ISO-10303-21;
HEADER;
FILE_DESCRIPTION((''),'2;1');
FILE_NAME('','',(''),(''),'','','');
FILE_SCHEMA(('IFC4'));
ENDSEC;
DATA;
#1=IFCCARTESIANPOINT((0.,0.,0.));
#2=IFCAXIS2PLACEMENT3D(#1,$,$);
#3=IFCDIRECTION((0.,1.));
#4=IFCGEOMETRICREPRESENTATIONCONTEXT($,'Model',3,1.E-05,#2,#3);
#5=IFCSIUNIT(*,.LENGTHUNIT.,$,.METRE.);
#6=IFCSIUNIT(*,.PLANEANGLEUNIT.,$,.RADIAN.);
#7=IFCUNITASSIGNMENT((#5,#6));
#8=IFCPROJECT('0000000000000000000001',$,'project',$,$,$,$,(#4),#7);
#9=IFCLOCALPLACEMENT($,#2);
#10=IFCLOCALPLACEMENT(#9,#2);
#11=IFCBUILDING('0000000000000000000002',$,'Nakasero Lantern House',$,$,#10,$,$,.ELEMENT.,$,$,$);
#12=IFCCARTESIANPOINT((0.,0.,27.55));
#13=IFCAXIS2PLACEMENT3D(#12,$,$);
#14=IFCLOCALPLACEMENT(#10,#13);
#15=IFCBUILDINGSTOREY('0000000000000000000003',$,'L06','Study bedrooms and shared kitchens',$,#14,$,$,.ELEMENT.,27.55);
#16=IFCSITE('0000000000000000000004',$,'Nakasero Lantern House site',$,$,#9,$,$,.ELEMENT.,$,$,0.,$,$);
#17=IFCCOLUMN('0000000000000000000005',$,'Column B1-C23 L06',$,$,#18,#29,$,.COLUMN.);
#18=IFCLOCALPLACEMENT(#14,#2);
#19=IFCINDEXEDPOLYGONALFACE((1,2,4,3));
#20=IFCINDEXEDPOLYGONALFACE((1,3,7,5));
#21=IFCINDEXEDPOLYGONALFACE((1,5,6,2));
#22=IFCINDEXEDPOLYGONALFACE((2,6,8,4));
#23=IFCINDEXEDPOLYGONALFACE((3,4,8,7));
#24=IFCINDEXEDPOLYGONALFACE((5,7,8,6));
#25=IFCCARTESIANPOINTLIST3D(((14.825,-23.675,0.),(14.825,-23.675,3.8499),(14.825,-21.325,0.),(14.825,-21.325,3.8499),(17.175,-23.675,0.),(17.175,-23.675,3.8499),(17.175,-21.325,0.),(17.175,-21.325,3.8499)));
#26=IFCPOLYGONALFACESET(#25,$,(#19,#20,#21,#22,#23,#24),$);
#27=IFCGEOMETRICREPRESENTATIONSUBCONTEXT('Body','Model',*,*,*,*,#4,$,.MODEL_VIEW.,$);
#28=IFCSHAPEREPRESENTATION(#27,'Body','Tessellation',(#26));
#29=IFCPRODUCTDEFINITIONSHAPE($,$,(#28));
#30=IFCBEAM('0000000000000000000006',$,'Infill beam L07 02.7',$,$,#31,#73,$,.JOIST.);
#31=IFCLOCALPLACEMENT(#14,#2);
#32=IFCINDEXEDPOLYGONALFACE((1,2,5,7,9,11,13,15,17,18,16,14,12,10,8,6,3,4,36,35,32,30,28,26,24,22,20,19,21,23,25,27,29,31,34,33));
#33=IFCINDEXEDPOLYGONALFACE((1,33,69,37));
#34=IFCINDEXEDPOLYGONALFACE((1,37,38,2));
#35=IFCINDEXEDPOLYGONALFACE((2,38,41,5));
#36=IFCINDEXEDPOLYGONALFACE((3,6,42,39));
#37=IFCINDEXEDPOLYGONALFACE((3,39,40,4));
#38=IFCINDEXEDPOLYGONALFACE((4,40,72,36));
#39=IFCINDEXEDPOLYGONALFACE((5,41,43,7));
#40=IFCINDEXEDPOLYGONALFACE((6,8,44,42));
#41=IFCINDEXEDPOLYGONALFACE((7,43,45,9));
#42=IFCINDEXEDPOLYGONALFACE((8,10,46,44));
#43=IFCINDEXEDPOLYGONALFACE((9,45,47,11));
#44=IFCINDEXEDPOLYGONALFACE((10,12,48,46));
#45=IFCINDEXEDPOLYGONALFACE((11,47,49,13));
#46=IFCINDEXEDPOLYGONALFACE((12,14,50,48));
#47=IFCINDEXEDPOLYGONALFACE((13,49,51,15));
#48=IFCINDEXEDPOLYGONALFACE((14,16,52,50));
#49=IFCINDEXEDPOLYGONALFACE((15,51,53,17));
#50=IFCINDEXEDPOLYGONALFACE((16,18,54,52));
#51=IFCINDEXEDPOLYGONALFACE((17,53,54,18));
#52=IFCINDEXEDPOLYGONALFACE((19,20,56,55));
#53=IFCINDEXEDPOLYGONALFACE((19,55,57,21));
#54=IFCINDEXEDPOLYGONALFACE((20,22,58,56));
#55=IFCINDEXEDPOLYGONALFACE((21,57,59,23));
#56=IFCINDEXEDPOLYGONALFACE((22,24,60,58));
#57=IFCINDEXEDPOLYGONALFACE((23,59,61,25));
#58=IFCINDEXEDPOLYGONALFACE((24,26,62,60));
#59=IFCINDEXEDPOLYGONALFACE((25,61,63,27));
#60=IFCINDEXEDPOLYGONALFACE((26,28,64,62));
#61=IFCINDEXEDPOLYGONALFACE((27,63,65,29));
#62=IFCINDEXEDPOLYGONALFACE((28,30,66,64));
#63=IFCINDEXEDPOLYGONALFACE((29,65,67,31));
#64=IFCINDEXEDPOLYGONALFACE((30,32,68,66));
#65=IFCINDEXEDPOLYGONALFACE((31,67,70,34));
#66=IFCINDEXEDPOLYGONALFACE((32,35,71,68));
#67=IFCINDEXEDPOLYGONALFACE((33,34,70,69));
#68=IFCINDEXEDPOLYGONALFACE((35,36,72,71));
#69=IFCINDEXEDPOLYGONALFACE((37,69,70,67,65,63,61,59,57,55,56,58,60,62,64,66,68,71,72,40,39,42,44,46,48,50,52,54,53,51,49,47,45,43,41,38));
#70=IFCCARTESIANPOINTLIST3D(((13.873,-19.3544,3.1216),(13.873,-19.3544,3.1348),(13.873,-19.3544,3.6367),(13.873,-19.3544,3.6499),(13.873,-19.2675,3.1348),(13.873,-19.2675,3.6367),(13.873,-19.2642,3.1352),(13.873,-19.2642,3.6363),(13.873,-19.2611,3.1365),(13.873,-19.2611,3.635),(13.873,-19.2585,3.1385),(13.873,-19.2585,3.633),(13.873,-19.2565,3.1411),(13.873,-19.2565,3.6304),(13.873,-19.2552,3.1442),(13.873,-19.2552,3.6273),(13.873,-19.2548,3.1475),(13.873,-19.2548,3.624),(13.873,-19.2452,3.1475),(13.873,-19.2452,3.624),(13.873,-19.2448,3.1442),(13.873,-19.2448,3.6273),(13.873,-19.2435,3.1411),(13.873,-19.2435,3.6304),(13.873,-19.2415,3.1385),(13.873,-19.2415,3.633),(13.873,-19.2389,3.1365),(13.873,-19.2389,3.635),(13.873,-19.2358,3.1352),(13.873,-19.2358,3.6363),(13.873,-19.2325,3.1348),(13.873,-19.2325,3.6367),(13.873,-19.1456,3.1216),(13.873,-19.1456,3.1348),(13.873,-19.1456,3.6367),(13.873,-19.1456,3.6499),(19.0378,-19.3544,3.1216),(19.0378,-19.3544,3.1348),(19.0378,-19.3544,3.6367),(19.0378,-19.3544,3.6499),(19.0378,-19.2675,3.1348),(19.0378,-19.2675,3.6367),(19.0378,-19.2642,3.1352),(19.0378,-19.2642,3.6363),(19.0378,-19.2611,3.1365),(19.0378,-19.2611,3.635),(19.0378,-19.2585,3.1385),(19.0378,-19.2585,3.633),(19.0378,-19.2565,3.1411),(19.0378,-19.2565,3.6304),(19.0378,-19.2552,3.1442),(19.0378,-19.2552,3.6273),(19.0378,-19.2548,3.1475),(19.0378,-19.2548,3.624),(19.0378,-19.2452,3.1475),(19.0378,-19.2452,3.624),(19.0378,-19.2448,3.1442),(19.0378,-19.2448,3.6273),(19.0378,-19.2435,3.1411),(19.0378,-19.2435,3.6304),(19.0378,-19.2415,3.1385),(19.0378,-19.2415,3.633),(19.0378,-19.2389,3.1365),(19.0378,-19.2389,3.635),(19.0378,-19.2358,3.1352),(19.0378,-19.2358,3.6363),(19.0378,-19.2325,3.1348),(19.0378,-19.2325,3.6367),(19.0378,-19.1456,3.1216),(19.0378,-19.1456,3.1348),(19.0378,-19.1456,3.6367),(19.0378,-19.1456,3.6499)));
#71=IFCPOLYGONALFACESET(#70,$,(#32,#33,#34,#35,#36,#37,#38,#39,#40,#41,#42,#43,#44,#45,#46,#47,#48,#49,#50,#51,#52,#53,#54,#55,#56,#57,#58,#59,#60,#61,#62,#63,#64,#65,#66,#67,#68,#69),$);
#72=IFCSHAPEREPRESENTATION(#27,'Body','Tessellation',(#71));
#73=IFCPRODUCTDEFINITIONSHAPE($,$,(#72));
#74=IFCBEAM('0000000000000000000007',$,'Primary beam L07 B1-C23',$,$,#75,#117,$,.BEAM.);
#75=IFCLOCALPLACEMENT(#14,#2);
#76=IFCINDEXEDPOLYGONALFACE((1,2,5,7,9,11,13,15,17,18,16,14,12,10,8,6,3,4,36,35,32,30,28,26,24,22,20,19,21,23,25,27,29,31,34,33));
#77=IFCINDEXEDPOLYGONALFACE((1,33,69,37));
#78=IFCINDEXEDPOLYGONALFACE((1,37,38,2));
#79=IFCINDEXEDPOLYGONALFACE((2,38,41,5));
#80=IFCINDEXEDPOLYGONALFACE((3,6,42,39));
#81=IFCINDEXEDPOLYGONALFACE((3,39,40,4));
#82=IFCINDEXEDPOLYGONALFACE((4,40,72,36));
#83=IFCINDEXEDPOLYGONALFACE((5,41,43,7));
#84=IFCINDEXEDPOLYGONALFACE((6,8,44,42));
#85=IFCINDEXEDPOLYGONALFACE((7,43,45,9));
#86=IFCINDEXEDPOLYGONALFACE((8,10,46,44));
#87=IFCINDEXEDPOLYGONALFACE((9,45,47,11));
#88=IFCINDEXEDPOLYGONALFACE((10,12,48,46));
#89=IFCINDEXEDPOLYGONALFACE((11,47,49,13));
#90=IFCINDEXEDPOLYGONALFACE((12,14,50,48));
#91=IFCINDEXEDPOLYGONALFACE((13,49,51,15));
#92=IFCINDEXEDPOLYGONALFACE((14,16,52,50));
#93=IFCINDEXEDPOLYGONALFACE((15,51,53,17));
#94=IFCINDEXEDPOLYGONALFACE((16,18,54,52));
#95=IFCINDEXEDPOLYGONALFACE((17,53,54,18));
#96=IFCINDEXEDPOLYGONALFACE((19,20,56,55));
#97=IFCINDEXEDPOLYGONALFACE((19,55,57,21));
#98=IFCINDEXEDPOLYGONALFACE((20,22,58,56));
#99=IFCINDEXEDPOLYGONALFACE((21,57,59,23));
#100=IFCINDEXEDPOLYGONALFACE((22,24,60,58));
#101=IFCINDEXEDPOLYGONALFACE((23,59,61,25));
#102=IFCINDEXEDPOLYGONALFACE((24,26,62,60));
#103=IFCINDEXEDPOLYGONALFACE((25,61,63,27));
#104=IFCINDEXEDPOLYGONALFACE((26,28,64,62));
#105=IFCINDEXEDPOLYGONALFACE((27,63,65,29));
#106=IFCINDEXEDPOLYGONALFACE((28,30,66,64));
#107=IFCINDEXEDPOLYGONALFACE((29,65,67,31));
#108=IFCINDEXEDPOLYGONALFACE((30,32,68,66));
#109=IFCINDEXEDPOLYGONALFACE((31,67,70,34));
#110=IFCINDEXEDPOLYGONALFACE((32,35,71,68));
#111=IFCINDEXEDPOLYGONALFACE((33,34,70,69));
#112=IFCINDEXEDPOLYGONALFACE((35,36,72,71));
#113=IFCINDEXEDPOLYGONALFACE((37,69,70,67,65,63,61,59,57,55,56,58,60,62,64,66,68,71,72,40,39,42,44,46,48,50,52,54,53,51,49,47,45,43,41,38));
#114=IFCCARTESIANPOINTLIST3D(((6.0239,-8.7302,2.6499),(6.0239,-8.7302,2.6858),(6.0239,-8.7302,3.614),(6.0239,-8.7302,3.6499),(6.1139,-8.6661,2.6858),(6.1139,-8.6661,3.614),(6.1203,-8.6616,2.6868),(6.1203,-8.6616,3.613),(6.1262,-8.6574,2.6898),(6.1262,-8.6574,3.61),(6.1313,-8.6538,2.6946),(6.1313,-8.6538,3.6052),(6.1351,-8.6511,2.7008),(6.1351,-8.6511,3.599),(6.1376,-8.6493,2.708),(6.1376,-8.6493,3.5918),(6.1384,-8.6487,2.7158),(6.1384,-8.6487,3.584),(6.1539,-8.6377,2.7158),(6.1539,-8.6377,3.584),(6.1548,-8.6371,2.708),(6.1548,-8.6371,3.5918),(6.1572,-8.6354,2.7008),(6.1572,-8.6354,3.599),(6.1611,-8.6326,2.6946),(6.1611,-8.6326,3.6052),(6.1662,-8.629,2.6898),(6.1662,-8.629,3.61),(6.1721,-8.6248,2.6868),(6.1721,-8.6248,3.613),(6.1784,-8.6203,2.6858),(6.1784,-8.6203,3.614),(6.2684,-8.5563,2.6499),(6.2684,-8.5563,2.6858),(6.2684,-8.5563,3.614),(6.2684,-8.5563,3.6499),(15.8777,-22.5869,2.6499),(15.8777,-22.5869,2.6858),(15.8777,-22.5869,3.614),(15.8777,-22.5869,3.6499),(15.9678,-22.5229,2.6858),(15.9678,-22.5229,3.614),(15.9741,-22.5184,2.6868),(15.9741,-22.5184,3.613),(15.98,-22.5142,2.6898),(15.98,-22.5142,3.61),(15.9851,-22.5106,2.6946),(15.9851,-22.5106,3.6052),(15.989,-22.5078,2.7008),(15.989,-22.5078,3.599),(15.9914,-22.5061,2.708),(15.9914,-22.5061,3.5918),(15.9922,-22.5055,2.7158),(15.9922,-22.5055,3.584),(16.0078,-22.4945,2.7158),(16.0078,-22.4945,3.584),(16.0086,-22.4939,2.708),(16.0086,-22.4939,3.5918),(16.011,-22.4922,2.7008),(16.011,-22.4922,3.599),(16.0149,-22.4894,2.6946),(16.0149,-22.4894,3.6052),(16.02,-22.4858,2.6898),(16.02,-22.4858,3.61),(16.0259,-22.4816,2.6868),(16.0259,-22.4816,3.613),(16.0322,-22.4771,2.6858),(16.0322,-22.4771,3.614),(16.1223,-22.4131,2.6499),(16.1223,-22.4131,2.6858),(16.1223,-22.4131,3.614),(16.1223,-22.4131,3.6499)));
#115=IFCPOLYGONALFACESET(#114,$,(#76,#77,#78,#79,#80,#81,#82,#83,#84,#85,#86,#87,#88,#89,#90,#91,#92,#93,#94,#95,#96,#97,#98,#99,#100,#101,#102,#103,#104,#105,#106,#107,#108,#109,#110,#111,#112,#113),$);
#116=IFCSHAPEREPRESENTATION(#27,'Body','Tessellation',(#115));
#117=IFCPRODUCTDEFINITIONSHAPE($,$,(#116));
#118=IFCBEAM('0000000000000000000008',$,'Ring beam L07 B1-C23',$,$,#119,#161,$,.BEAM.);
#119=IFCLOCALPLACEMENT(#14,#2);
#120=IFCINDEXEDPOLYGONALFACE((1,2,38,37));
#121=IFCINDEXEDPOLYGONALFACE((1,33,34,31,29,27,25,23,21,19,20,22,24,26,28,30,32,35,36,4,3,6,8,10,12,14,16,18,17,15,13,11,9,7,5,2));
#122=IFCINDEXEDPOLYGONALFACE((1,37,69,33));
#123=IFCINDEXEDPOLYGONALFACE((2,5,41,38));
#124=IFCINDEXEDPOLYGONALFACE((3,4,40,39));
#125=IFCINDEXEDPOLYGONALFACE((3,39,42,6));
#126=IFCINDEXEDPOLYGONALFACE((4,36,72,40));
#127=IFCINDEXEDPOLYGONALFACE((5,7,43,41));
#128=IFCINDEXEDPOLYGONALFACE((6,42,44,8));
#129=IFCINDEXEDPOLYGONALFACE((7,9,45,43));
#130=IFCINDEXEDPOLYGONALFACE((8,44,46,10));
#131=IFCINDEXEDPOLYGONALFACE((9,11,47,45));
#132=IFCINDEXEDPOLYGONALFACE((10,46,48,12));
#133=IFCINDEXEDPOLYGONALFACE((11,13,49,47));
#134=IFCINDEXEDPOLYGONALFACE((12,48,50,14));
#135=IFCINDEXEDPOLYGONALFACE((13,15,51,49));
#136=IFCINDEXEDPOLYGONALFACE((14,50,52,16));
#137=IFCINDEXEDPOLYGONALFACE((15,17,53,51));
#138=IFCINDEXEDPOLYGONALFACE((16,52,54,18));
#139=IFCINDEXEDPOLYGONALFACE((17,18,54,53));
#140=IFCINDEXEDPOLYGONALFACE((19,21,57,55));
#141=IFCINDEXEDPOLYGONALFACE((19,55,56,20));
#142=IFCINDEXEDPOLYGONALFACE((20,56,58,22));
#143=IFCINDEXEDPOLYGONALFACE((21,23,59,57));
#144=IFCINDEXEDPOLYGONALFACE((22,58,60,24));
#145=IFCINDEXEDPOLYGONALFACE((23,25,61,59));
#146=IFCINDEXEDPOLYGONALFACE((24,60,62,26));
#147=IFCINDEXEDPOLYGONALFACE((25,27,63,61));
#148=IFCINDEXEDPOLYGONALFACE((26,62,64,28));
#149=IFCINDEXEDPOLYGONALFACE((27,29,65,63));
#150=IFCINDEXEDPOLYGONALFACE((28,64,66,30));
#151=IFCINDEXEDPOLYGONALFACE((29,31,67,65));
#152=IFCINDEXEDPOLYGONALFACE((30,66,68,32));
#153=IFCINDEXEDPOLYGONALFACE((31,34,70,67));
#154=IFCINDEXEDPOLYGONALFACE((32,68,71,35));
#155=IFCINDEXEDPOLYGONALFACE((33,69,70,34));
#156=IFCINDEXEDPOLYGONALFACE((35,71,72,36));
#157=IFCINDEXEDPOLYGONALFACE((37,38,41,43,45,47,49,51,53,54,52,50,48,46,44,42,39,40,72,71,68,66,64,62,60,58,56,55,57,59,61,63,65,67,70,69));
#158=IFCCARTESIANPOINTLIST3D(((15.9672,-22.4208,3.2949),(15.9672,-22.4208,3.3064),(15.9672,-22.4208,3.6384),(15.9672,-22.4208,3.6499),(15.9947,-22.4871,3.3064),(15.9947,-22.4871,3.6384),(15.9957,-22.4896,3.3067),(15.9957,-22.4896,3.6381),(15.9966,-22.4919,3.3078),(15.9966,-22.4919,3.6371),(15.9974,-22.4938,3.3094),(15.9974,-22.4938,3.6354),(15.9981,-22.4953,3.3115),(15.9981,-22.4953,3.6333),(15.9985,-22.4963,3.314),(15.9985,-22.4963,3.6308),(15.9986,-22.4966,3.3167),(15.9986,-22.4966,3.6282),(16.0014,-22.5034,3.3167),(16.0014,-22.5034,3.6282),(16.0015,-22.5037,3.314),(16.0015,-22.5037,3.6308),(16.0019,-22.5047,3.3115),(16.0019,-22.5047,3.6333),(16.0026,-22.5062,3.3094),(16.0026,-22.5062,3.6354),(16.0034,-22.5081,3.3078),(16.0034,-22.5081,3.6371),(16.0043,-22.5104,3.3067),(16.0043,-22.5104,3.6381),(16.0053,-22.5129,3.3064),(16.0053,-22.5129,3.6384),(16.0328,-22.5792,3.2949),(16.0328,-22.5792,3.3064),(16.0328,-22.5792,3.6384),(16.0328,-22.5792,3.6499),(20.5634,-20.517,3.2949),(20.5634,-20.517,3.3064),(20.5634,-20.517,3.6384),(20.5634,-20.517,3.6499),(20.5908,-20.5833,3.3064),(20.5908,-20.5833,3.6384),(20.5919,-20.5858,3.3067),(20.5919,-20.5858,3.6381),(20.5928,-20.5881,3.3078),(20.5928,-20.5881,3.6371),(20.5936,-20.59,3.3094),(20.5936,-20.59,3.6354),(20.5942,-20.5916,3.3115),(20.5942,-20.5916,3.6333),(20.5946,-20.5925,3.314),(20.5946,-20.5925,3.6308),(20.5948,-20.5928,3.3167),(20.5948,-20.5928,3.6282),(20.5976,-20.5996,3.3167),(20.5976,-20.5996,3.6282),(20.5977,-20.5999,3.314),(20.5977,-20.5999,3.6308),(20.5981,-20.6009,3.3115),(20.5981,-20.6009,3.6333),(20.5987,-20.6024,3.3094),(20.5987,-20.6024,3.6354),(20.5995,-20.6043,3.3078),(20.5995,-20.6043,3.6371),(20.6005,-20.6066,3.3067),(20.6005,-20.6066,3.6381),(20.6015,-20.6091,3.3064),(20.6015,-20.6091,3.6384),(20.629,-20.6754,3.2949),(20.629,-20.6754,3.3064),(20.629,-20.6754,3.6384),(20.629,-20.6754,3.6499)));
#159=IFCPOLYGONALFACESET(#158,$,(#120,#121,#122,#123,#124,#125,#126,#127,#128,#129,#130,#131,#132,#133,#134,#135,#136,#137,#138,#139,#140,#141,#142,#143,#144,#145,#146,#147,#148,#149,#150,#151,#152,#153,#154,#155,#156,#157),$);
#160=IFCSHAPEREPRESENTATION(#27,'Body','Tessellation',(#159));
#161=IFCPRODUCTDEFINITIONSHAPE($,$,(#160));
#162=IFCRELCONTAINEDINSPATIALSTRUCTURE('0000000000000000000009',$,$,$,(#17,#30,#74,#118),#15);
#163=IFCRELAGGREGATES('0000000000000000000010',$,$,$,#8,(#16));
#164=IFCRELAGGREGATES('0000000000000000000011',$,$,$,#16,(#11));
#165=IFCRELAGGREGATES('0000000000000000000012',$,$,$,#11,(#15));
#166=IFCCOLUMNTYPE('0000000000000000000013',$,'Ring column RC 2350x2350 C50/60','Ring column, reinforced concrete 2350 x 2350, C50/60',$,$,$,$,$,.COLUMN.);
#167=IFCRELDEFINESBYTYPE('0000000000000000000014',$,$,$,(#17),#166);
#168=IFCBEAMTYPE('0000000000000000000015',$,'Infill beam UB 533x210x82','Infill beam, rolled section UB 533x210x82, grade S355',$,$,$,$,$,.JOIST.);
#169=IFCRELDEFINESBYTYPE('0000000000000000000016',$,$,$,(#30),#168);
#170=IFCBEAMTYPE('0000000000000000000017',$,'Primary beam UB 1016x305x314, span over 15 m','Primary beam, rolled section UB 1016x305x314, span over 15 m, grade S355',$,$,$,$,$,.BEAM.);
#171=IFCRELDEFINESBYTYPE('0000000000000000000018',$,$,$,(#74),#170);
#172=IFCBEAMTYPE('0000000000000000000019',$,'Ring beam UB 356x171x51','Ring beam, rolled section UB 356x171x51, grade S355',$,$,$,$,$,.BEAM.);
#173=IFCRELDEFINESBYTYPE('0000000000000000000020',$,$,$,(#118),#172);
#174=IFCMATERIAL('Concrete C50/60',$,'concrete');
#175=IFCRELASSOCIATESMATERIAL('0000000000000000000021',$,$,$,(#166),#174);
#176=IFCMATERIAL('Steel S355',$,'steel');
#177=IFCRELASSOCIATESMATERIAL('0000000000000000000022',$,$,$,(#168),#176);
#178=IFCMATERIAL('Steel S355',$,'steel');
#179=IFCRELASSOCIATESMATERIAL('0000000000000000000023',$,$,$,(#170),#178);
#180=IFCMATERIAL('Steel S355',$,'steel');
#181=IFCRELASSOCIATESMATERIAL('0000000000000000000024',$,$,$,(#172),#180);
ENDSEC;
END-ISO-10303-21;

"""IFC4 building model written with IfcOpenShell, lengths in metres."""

from ifc_helpers import new_model, si_unit, direction, frame, origin, origin_2d, place, context, subcontext, project, spatial, rectangle, i_section, extrude, material, material_profile, profile_set, type_object, element, save


model = new_model("IFC4")

# Units and contexts
model_context = context("Model", 3, precision=1e-05, world=origin(), true_north=direction((0.0, 1.0)))
body_context = subcontext(model_context, "Body", "Model", "MODEL_VIEW")
ifc_project = project(units=[si_unit("LENGTHUNIT", "METRE"), si_unit("PLANEANGLEUNIT", "RADIAN")], contexts=[model_context])

# Site, building, storey
site_placement = place(None, origin())
site = spatial("IfcSite", under=ifc_project, at=site_placement, Name="Nakasero Lantern House site", CompositionType="ELEMENT", RefElevation=0.0)
building_placement = place(site_placement, origin())
building = spatial("IfcBuilding", under=site, at=building_placement, Name="Nakasero Lantern House", CompositionType="ELEMENT")
storey_placement = place(building_placement, frame((0.0, 0.0, 27.55)))
storey = spatial("IfcBuildingStorey", under=building, at=storey_placement, Name="L06", Description="Study bedrooms and shared kitchens", CompositionType="ELEMENT", Elevation=27.55)

# Column
ifc_material_1 = material(Name="Concrete C50/60", Category="concrete")
ifc_material_profile_1 = material_profile(ifc_material_1, rectangle(XDim=2.3501, YDim=2.3501, at=origin_2d()), Name="RC 2350x2350")
ifc_profile_set_1 = profile_set([ifc_material_profile_1], Name="Concrete C50/60")
column_type = type_object("IfcColumnType", Name="Ring column RC 2350x2350 C50/60", Description="Ring column, reinforced concrete 2350 x 2350, C50/60", PredefinedType="COLUMN", material=ifc_profile_set_1)
column_placement = place(storey_placement, frame((16.0, -22.5, 0.0), z_axis=(0.0, 0.0, 1.0), x_axis=(1.0, 0.0, 0.0)))
element("IfcColumn", 1, at=column_placement, inside=storey, type_object=column_type, Name="Column B1-C23 L06", PredefinedType="COLUMN", context=body_context, shape_type="SweptSolid", body=[
    extrude(rectangle(XDim=2.3501, YDim=2.3501, at=origin_2d()), origin(), (0.0, 0.0, 1.0), 3.8499),
])

# Beams
ifc_material_2 = material(Name="Steel S355", Category="steel")
ifc_material_profile_2 = material_profile(ifc_material_2, i_section(OverallWidth=0.2087, OverallDepth=0.5283, WebThickness=0.0095, FlangeThickness=0.0132, FilletRadius=0.0127, at=origin_2d()), Name="UB 533x210x82")
ifc_profile_set_2 = profile_set([ifc_material_profile_2], Name="Steel S355")
beam_type_1 = type_object("IfcBeamType", Name="Infill beam UB 533x210x82", Description="Infill beam, rolled section UB 533x210x82, grade S355", PredefinedType="JOIST", material=ifc_profile_set_2)
beam_1_placement = place(storey_placement, frame((13.873, -19.25, 3.3857), z_axis=(1.0, 0.0, 0.0), x_axis=(0.0, 1.0, 0.0)))
element("IfcBeam", 2, at=beam_1_placement, inside=storey, type_object=beam_type_1, Name="Infill beam L07 02.7", PredefinedType="JOIST", context=body_context, shape_type="SweptSolid", body=[
    extrude(i_section(OverallWidth=0.2087, OverallDepth=0.5283, WebThickness=0.0095, FlangeThickness=0.0132, FilletRadius=0.0127, at=origin_2d()), origin(), (0.0, 0.0, 1.0), 5.1648),
])
ifc_material_3 = material(Name="Steel S355", Category="steel")
ifc_material_profile_3 = material_profile(ifc_material_3, i_section(OverallWidth=0.3, OverallDepth=1.0, WebThickness=0.019, FlangeThickness=0.0359, FilletRadius=0.03, at=origin_2d()), Name="UB 1016x305x314")
ifc_profile_set_3 = profile_set([ifc_material_profile_3], Name="Steel S355")
beam_type_2 = type_object("IfcBeamType", Name="Primary beam UB 1016x305x314, span over 15 m", Description="Primary beam, rolled section UB 1016x305x314, span over 15 m, grade S355", PredefinedType="BEAM", material=ifc_profile_set_3)
beam_2_placement = place(storey_placement, frame((16.0, -22.5, 3.1499), z_axis=(-0.579528, 0.814952, 0.0), x_axis=(-0.814952, -0.579528, 0.0)))
element("IfcBeam", 3, at=beam_2_placement, inside=storey, type_object=beam_type_2, Name="Primary beam L07 B1-C23", PredefinedType="BEAM", context=body_context, shape_type="SweptSolid", body=[
    extrude(i_section(OverallWidth=0.3, OverallDepth=1.0, WebThickness=0.019, FlangeThickness=0.0359, FilletRadius=0.03, at=origin_2d()), origin(), (0.0, 0.0, 1.0), 17.0032),
])
ifc_material_4 = material(Name="Steel S355", Category="steel")
ifc_material_profile_4 = material_profile(ifc_material_4, i_section(OverallWidth=0.1714, OverallDepth=0.355, WebThickness=0.0073, FlangeThickness=0.0115, FilletRadius=0.0103, at=origin_2d()), Name="UB 356x171x51")
ifc_profile_set_4 = profile_set([ifc_material_profile_4], Name="Steel S355")
beam_type_3 = type_object("IfcBeamType", Name="Ring beam UB 356x171x51", Description="Ring beam, rolled section UB 356x171x51, grade S355", PredefinedType="BEAM", material=ifc_profile_set_4)
beam_3_placement = place(storey_placement, frame((16.0, -22.5, 3.4724), z_axis=(0.923879, 0.382684, 0.0), x_axis=(-0.382684, 0.923879, 0.0)))
element("IfcBeam", 4, at=beam_3_placement, inside=storey, type_object=beam_type_3, Name="Ring beam L07 B1-C23", PredefinedType="BEAM", context=body_context, shape_type="SweptSolid", body=[
    extrude(i_section(OverallWidth=0.1714, OverallDepth=0.355, WebThickness=0.0073, FlangeThickness=0.0115, FilletRadius=0.0103, at=origin_2d()), origin(), (0.0, 0.0, 1.0), 4.9749),
])

save(model, "model.ifc")
